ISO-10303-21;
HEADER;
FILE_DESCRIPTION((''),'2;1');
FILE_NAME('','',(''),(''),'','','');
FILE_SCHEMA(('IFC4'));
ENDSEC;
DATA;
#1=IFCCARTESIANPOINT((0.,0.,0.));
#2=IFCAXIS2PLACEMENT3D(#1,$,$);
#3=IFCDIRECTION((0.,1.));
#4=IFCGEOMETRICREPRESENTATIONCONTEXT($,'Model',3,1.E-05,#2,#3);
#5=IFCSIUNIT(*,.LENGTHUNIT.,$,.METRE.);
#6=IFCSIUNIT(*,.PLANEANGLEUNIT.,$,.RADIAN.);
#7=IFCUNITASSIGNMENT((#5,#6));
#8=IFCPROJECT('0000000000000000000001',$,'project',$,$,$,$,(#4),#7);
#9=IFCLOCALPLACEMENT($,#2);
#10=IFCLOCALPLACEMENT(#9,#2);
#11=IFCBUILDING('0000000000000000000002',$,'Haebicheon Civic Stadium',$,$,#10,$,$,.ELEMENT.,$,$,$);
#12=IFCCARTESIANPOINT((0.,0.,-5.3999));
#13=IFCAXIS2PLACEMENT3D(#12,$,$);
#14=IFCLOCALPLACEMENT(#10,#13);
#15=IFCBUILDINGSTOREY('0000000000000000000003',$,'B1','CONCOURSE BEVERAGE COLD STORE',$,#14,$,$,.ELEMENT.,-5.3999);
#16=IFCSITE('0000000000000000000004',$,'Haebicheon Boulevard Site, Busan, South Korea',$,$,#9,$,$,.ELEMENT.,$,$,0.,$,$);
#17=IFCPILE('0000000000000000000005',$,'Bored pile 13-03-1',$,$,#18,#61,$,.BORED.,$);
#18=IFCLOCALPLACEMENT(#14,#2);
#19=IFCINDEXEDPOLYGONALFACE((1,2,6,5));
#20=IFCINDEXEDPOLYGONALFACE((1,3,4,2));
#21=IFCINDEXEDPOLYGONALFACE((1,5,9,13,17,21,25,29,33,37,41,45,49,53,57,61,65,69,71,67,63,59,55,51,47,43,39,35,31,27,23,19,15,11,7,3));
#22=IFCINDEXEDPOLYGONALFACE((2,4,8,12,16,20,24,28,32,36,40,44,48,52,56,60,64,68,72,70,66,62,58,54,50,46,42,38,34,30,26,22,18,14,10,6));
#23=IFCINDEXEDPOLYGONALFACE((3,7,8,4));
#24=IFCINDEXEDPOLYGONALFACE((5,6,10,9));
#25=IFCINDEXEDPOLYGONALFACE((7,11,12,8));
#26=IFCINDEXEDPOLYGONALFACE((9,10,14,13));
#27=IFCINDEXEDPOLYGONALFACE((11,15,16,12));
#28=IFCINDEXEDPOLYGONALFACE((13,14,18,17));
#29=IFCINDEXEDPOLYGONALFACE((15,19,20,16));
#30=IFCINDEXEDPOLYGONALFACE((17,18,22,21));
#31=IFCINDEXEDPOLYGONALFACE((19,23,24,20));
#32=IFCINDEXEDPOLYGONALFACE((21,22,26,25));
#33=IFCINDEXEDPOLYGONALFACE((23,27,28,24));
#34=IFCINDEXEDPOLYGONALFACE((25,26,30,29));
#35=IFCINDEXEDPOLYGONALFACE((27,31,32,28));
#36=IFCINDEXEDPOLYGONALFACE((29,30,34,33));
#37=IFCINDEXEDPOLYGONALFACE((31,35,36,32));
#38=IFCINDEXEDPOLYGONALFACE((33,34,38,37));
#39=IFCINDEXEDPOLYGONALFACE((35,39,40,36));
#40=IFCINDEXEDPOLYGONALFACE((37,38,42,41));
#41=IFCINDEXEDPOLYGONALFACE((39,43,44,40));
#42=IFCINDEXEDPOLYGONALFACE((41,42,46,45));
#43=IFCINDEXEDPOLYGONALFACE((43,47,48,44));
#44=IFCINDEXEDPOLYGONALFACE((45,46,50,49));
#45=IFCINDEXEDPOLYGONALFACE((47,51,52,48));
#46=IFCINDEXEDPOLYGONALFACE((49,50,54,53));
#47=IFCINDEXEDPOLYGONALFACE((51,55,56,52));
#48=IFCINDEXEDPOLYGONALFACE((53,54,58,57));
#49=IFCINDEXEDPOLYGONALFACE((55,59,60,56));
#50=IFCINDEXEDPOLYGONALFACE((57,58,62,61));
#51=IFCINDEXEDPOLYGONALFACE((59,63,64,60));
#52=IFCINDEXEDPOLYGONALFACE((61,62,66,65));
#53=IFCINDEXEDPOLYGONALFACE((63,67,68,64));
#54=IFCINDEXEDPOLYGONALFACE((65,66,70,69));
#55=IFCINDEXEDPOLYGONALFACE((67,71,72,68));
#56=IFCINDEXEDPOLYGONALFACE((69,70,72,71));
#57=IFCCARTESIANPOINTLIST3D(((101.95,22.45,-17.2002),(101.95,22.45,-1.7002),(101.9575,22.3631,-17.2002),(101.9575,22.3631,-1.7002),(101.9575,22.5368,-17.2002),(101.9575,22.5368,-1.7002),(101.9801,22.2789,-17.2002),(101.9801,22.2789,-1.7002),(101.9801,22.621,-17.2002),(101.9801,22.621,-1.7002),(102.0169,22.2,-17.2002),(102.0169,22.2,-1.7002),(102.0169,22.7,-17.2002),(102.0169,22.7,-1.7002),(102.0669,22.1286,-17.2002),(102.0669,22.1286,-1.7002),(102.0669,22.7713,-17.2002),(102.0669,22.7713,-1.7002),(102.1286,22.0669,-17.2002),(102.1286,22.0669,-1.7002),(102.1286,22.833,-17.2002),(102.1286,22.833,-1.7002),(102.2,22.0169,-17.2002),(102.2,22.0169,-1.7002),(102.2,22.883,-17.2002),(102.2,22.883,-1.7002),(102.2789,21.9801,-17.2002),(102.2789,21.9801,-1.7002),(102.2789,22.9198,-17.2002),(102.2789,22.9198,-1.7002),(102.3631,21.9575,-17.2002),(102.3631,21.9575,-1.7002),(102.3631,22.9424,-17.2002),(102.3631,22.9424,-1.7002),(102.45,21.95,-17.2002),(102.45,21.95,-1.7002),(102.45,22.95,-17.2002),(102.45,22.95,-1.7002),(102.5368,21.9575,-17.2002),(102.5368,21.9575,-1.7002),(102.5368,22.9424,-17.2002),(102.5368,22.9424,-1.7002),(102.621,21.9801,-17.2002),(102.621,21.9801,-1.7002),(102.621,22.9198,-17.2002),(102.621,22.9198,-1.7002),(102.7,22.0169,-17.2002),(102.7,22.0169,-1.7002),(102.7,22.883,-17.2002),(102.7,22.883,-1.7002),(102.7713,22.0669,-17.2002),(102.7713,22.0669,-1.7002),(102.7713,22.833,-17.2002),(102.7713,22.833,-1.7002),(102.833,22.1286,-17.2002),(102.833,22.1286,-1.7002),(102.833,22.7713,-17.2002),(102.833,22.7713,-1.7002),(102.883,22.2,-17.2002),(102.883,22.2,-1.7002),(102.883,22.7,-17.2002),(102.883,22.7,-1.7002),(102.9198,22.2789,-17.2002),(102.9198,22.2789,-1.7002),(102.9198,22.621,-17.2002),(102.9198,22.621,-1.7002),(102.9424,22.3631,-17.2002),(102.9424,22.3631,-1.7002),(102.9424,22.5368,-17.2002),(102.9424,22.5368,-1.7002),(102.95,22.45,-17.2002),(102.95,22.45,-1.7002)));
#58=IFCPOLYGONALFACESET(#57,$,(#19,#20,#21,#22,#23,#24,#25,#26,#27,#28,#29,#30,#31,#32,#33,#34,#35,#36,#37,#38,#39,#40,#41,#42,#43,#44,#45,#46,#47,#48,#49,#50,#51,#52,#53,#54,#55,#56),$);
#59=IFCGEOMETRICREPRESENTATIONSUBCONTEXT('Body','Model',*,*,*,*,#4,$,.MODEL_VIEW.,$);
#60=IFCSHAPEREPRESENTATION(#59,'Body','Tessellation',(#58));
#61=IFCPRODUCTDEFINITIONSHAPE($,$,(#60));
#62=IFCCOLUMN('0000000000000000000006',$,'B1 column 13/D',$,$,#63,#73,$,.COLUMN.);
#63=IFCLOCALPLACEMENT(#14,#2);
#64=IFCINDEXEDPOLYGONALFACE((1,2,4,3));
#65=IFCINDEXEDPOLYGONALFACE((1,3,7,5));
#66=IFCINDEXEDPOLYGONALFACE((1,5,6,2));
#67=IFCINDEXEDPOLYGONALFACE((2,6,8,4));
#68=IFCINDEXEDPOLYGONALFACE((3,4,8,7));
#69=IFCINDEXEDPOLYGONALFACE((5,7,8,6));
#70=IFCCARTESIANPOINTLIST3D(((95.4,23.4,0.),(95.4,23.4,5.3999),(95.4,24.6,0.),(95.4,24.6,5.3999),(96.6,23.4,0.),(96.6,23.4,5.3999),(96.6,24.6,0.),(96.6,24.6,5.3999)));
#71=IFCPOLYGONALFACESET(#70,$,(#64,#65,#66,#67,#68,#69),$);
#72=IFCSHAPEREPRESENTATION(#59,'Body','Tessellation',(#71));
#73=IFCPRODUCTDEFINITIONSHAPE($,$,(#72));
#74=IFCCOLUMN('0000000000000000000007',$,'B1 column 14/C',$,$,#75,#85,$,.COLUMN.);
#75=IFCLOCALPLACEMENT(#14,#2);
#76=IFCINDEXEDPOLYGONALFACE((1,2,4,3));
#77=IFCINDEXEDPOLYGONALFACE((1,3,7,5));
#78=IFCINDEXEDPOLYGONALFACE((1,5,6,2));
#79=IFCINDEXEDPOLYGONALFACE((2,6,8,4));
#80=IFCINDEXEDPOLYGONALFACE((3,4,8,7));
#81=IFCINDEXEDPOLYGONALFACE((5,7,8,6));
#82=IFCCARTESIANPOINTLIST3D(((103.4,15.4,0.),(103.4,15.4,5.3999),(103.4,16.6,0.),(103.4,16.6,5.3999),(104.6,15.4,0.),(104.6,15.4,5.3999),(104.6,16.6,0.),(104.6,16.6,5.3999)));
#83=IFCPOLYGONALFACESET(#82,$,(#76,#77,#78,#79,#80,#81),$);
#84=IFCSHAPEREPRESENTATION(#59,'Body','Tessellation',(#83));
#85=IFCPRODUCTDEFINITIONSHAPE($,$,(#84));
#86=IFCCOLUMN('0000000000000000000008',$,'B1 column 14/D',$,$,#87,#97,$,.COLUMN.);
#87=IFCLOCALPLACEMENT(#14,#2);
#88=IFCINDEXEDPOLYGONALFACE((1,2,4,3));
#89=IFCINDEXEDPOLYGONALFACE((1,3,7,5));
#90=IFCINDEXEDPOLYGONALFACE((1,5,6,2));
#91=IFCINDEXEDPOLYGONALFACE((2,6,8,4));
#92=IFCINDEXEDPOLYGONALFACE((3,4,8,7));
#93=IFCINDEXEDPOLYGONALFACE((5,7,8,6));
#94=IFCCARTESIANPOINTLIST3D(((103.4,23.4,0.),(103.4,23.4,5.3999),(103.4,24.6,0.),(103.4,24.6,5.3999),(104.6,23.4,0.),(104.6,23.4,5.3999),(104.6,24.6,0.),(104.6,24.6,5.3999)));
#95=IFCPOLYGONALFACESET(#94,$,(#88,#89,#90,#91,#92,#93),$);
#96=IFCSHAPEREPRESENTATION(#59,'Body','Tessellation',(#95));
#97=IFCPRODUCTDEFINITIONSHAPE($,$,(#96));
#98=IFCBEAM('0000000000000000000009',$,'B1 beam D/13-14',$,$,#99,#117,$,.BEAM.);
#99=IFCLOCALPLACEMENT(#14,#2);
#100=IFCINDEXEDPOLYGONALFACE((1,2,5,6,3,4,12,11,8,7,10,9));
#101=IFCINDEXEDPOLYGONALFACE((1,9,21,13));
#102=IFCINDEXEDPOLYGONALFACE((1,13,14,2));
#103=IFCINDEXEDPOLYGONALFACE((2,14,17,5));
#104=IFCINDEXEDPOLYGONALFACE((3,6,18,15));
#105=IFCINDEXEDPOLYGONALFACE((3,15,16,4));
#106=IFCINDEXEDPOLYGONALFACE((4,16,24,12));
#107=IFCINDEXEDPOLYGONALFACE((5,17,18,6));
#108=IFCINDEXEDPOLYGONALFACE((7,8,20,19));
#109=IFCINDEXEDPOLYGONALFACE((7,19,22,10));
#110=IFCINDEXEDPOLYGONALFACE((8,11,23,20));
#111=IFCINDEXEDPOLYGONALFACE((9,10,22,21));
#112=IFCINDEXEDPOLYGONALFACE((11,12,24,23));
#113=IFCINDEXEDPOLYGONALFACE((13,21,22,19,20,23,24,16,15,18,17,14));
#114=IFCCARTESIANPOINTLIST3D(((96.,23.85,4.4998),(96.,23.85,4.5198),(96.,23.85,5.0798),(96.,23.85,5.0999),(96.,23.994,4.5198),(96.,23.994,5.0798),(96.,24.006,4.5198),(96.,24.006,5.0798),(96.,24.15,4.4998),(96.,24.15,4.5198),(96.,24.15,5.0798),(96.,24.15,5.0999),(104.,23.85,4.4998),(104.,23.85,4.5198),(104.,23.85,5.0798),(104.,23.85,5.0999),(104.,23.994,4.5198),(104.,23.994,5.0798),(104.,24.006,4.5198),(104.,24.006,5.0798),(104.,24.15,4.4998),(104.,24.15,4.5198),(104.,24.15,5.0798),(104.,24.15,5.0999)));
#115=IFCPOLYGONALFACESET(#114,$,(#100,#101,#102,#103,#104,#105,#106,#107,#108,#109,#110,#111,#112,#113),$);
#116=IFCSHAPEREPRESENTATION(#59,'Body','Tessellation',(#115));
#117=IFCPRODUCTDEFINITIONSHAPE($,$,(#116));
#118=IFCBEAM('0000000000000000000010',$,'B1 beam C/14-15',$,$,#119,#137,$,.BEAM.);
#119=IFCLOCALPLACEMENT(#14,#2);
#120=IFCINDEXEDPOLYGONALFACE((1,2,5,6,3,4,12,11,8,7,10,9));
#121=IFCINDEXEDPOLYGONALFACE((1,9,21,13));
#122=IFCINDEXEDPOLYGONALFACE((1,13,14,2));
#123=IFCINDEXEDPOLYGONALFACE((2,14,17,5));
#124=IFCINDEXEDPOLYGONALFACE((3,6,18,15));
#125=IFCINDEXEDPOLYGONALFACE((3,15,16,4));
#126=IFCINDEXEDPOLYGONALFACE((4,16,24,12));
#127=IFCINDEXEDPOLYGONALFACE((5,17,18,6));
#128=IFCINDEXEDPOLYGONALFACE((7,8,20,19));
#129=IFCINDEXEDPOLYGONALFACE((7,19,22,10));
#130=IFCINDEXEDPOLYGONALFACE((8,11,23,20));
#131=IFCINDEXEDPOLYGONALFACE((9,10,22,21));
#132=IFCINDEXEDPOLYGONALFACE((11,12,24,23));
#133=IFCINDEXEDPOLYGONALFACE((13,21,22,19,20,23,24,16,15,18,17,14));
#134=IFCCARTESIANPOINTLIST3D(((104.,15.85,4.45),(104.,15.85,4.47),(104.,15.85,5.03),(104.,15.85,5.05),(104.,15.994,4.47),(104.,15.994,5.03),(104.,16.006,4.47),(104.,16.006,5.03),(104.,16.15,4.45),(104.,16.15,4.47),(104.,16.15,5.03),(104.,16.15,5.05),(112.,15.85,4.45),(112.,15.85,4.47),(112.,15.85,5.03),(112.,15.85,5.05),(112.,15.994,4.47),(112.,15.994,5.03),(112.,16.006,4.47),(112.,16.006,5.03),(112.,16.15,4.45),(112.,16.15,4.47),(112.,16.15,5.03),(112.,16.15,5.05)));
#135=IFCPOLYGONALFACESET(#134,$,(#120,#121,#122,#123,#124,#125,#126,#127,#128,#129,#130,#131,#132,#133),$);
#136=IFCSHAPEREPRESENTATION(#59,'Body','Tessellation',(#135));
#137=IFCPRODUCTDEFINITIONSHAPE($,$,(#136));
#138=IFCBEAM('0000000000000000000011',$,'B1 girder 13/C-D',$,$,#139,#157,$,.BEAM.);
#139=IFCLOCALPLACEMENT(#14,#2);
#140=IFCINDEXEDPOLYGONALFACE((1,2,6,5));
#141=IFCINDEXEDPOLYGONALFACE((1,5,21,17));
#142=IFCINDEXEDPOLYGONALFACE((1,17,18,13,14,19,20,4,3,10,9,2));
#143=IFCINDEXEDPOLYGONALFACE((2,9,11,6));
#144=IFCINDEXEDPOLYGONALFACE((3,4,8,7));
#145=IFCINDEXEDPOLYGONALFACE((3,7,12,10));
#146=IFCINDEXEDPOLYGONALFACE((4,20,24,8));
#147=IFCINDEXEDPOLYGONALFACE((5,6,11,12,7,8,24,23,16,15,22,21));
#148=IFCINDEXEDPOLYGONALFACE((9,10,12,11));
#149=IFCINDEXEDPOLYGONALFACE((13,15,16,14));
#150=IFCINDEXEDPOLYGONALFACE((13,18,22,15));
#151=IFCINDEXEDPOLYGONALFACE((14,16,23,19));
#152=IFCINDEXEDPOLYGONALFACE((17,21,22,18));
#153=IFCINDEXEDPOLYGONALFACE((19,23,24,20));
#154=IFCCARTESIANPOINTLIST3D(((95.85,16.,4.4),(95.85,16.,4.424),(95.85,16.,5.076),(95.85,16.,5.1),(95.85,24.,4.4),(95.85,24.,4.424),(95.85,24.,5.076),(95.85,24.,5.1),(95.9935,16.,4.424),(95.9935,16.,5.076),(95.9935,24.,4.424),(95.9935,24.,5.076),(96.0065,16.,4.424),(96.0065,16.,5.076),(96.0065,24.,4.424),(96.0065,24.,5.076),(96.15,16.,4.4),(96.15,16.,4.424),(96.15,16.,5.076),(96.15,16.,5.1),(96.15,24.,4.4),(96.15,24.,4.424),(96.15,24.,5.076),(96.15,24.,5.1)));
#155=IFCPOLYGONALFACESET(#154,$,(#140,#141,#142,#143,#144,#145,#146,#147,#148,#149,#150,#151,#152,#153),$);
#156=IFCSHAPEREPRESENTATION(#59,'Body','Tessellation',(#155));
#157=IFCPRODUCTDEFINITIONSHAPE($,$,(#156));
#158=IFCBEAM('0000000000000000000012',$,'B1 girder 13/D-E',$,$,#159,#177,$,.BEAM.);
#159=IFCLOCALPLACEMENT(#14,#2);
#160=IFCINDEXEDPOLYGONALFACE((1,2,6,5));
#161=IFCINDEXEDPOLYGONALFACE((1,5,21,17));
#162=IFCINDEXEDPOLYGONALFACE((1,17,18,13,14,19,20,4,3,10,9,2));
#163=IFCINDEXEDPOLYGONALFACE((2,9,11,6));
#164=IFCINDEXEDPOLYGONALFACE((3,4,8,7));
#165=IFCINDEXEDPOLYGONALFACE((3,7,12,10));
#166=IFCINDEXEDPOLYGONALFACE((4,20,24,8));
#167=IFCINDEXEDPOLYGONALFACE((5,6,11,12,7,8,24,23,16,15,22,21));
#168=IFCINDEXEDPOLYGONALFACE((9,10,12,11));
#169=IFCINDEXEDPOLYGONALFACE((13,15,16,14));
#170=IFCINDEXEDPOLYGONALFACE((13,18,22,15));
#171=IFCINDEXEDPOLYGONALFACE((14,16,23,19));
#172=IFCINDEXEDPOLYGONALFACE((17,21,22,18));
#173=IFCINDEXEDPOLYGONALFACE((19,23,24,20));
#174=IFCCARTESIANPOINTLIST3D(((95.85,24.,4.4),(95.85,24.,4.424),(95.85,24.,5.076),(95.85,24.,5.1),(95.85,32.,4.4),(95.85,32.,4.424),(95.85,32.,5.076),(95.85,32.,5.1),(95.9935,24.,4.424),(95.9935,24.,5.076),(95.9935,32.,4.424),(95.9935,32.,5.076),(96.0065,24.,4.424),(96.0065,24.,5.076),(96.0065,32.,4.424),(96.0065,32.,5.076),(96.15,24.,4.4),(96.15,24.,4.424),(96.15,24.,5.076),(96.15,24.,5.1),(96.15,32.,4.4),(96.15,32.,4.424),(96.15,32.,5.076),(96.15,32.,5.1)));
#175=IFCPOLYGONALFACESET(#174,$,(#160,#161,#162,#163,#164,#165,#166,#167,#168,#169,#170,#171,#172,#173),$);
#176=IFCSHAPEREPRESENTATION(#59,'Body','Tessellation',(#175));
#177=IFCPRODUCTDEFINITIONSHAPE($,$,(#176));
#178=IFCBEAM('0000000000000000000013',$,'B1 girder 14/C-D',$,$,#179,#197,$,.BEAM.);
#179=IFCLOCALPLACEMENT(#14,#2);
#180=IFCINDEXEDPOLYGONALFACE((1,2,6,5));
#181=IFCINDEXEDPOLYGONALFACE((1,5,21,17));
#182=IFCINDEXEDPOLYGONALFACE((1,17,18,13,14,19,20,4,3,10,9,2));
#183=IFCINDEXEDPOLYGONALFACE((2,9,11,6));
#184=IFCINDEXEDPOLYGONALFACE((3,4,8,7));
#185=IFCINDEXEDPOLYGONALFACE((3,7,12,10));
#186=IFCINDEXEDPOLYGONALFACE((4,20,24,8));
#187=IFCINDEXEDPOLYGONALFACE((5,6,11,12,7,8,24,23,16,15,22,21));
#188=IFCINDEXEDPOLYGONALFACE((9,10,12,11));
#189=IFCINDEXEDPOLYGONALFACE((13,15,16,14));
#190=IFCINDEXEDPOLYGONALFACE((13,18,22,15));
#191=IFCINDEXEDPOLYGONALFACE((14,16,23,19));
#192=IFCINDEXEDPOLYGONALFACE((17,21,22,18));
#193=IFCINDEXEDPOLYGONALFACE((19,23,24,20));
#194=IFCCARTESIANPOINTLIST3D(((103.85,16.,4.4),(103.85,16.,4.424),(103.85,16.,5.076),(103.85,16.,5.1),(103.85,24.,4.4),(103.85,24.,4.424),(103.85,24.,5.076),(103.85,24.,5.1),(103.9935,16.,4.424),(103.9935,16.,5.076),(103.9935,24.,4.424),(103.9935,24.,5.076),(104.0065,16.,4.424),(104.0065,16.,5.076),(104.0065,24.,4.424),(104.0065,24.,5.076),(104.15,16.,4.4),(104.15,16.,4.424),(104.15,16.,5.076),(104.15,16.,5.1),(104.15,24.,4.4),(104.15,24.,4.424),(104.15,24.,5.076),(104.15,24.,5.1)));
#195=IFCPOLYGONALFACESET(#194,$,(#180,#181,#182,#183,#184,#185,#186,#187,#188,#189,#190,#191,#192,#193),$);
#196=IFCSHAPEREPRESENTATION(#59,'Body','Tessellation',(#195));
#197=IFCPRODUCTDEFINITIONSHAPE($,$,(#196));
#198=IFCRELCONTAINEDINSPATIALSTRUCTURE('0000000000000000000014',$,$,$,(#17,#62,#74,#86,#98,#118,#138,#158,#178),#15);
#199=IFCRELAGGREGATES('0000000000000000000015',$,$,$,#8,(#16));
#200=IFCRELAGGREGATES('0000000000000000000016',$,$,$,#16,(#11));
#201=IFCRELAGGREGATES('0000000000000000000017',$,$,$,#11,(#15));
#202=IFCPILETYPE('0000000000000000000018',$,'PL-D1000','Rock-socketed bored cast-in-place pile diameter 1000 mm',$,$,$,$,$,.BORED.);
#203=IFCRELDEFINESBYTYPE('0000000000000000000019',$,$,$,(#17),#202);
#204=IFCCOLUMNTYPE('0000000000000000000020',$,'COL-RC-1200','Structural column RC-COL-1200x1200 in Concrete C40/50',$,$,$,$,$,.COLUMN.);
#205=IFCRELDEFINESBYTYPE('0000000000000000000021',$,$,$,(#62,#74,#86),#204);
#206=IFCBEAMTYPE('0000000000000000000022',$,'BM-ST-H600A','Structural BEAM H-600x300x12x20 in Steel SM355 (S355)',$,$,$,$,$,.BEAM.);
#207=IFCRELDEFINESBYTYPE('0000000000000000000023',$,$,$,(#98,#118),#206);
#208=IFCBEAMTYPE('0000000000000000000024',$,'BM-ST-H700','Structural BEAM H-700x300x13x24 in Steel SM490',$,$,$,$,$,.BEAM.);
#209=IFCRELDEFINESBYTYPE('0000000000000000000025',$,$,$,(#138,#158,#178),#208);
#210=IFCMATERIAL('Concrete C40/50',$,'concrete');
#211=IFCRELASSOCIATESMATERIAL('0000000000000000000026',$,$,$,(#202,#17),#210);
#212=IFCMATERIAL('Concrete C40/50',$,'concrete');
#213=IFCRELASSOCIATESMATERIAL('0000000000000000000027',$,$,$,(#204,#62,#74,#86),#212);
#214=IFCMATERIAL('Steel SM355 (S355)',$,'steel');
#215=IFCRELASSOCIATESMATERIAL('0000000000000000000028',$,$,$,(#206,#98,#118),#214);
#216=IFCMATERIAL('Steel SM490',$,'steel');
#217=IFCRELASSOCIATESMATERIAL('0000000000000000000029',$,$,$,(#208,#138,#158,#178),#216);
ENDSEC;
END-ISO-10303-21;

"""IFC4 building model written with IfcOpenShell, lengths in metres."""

from ifc_helpers import new_model, si_unit, direction, frame, origin, origin_2d, place, context, subcontext, project, spatial, rectangle, circle, i_section, extrude, material, material_profile, profile_set, type_object, element, save


model = new_model("IFC4")

# Units and contexts
model_context = context("Model", 3, precision=1e-05, world=origin(), true_north=direction((0.0, 1.0)))
body_context = subcontext(model_context, "Body", "Model", "MODEL_VIEW")
ifc_project = project(units=[si_unit("LENGTHUNIT", "METRE"), si_unit("PLANEANGLEUNIT", "RADIAN")], contexts=[model_context])

# Site, building, storey
site_placement = place(None, origin())
site = spatial("IfcSite", under=ifc_project, at=site_placement, Name="Haebicheon Boulevard Site, Busan, South Korea", CompositionType="ELEMENT", RefElevation=0.0)
building_placement = place(site_placement, origin())
building = spatial("IfcBuilding", under=site, at=building_placement, Name="Haebicheon Civic Stadium", CompositionType="ELEMENT")
storey_placement = place(building_placement, frame((0.0, 0.0, -5.3999)))
storey = spatial("IfcBuildingStorey", under=building, at=storey_placement, Name="B1", Description="CONCOURSE BEVERAGE COLD STORE", CompositionType="ELEMENT", Elevation=-5.3999)

# Pile
ifc_material_1 = material(Name="Concrete C40/50", Category="concrete")
ifc_material_profile_1 = material_profile(ifc_material_1, circle(Radius=0.5, at=origin_2d()), Name="PILE-D1000")
ifc_profile_set_1 = profile_set([ifc_material_profile_1], Name="Concrete C40/50")
pile_type = type_object("IfcPileType", Name="PL-D1000", Description="Rock-socketed bored cast-in-place pile diameter 1000 mm", PredefinedType="BORED", material=ifc_profile_set_1)
for number, where, z_axis, x_axis, name in (
    (1, (102.45, 22.45, -1.7002), (0.0, 0.0, -1.0), (1.0, 0.0, 0.0), "Bored pile 13-03-1"),
):
    element("IfcPile", number, at=place(storey_placement, frame(where, z_axis=z_axis, x_axis=x_axis)), inside=storey, type_object=pile_type, material=ifc_profile_set_1, Name=name, PredefinedType="BORED", context=body_context, shape_type="SweptSolid", body=[
        extrude(circle(Radius=0.5, at=origin_2d()), origin(), (0.0, 0.0, 1.0), 15.5),
    ])

# Columns
ifc_material_2 = material(Name="Concrete C40/50", Category="concrete")
ifc_material_profile_2 = material_profile(ifc_material_2, rectangle(XDim=1.2, YDim=1.2, at=origin_2d()), Name="RC-COL-1200x1200")
ifc_profile_set_2 = profile_set([ifc_material_profile_2], Name="Concrete C40/50")
column_type = type_object("IfcColumnType", Name="COL-RC-1200", Description="Structural column RC-COL-1200x1200 in Concrete C40/50", PredefinedType="COLUMN", material=ifc_profile_set_2)
for number, where, z_axis, x_axis, name in (
    (2, (96.0, 24.0, 0.0), (0.0, 0.0, 1.0), (1.0, 0.0, 0.0), "B1 column 13/D"),
    (3, (104.0, 16.0, 0.0), (0.0, 0.0, 1.0), (1.0, 0.0, 0.0), "B1 column 14/C"),
    (4, (104.0, 24.0, 0.0), (0.0, 0.0, 1.0), (1.0, 0.0, 0.0), "B1 column 14/D"),
):
    element("IfcColumn", number, at=place(storey_placement, frame(where, z_axis=z_axis, x_axis=x_axis)), inside=storey, type_object=column_type, material=ifc_profile_set_2, Name=name, PredefinedType="COLUMN", context=body_context, shape_type="SweptSolid", body=[
        extrude(rectangle(XDim=1.2, YDim=1.2, at=origin_2d()), origin(), (0.0, 0.0, 1.0), 5.3999),
    ])

# Beams
ifc_material_3 = material(Name="Steel SM355 (S355)", Category="steel")
ifc_material_profile_3 = material_profile(ifc_material_3, i_section(OverallWidth=0.3, OverallDepth=0.6001, WebThickness=0.012, FlangeThickness=0.02, at=origin_2d()), Name="H-600x300x12x20")
ifc_profile_set_3 = profile_set([ifc_material_profile_3], Name="Steel SM355 (S355)")
beam_type_1 = type_object("IfcBeamType", Name="BM-ST-H600A", Description="Structural BEAM H-600x300x12x20 in Steel SM355 (S355)", PredefinedType="BEAM", material=ifc_profile_set_3)
for number, where, z_axis, x_axis, name in (
    (5, (96.0, 24.0, 4.7998), (1.0, 0.0, 0.0), (0.0, 1.0, 0.0), "B1 beam D/13-14"),
    (6, (104.0, 16.0, 4.75), (1.0, 0.0, 0.0), (0.0, 1.0, 0.0), "B1 beam C/14-15"),
):
    element("IfcBeam", number, at=place(storey_placement, frame(where, z_axis=z_axis, x_axis=x_axis)), inside=storey, type_object=beam_type_1, material=ifc_profile_set_3, Name=name, PredefinedType="BEAM", context=body_context, shape_type="SweptSolid", body=[
        extrude(i_section(OverallWidth=0.3, OverallDepth=0.6001, WebThickness=0.012, FlangeThickness=0.02, at=origin_2d()), origin(), (0.0, 0.0, 1.0), 8.0),
    ])
ifc_material_4 = material(Name="Steel SM490", Category="steel")
ifc_material_profile_4 = material_profile(ifc_material_4, i_section(OverallWidth=0.3, OverallDepth=0.7, WebThickness=0.0129, FlangeThickness=0.0239, at=origin_2d()), Name="H-700x300x13x24")
ifc_profile_set_4 = profile_set([ifc_material_profile_4], Name="Steel SM490")
beam_type_2 = type_object("IfcBeamType", Name="BM-ST-H700", Description="Structural BEAM H-700x300x13x24 in Steel SM490", PredefinedType="BEAM", material=ifc_profile_set_4)
for number, where, z_axis, x_axis, name in (
    (7, (96.0, 16.0, 4.75), (0.0, 1.0, 0.0), (-1.0, 0.0, 0.0), "B1 girder 13/C-D"),
    (8, (96.0, 24.0, 4.75), (0.0, 1.0, 0.0), (-1.0, 0.0, 0.0), "B1 girder 13/D-E"),
    (9, (104.0, 16.0, 4.75), (0.0, 1.0, 0.0), (-1.0, 0.0, 0.0), "B1 girder 14/C-D"),
):
    element("IfcBeam", number, at=place(storey_placement, frame(where, z_axis=z_axis, x_axis=x_axis)), inside=storey, type_object=beam_type_2, material=ifc_profile_set_4, Name=name, PredefinedType="BEAM", context=body_context, shape_type="SweptSolid", body=[
        extrude(i_section(OverallWidth=0.3, OverallDepth=0.7, WebThickness=0.0129, FlangeThickness=0.0239, at=origin_2d()), origin(), (0.0, 0.0, 1.0), 8.0),
    ])

save(model, "model.ifc")
